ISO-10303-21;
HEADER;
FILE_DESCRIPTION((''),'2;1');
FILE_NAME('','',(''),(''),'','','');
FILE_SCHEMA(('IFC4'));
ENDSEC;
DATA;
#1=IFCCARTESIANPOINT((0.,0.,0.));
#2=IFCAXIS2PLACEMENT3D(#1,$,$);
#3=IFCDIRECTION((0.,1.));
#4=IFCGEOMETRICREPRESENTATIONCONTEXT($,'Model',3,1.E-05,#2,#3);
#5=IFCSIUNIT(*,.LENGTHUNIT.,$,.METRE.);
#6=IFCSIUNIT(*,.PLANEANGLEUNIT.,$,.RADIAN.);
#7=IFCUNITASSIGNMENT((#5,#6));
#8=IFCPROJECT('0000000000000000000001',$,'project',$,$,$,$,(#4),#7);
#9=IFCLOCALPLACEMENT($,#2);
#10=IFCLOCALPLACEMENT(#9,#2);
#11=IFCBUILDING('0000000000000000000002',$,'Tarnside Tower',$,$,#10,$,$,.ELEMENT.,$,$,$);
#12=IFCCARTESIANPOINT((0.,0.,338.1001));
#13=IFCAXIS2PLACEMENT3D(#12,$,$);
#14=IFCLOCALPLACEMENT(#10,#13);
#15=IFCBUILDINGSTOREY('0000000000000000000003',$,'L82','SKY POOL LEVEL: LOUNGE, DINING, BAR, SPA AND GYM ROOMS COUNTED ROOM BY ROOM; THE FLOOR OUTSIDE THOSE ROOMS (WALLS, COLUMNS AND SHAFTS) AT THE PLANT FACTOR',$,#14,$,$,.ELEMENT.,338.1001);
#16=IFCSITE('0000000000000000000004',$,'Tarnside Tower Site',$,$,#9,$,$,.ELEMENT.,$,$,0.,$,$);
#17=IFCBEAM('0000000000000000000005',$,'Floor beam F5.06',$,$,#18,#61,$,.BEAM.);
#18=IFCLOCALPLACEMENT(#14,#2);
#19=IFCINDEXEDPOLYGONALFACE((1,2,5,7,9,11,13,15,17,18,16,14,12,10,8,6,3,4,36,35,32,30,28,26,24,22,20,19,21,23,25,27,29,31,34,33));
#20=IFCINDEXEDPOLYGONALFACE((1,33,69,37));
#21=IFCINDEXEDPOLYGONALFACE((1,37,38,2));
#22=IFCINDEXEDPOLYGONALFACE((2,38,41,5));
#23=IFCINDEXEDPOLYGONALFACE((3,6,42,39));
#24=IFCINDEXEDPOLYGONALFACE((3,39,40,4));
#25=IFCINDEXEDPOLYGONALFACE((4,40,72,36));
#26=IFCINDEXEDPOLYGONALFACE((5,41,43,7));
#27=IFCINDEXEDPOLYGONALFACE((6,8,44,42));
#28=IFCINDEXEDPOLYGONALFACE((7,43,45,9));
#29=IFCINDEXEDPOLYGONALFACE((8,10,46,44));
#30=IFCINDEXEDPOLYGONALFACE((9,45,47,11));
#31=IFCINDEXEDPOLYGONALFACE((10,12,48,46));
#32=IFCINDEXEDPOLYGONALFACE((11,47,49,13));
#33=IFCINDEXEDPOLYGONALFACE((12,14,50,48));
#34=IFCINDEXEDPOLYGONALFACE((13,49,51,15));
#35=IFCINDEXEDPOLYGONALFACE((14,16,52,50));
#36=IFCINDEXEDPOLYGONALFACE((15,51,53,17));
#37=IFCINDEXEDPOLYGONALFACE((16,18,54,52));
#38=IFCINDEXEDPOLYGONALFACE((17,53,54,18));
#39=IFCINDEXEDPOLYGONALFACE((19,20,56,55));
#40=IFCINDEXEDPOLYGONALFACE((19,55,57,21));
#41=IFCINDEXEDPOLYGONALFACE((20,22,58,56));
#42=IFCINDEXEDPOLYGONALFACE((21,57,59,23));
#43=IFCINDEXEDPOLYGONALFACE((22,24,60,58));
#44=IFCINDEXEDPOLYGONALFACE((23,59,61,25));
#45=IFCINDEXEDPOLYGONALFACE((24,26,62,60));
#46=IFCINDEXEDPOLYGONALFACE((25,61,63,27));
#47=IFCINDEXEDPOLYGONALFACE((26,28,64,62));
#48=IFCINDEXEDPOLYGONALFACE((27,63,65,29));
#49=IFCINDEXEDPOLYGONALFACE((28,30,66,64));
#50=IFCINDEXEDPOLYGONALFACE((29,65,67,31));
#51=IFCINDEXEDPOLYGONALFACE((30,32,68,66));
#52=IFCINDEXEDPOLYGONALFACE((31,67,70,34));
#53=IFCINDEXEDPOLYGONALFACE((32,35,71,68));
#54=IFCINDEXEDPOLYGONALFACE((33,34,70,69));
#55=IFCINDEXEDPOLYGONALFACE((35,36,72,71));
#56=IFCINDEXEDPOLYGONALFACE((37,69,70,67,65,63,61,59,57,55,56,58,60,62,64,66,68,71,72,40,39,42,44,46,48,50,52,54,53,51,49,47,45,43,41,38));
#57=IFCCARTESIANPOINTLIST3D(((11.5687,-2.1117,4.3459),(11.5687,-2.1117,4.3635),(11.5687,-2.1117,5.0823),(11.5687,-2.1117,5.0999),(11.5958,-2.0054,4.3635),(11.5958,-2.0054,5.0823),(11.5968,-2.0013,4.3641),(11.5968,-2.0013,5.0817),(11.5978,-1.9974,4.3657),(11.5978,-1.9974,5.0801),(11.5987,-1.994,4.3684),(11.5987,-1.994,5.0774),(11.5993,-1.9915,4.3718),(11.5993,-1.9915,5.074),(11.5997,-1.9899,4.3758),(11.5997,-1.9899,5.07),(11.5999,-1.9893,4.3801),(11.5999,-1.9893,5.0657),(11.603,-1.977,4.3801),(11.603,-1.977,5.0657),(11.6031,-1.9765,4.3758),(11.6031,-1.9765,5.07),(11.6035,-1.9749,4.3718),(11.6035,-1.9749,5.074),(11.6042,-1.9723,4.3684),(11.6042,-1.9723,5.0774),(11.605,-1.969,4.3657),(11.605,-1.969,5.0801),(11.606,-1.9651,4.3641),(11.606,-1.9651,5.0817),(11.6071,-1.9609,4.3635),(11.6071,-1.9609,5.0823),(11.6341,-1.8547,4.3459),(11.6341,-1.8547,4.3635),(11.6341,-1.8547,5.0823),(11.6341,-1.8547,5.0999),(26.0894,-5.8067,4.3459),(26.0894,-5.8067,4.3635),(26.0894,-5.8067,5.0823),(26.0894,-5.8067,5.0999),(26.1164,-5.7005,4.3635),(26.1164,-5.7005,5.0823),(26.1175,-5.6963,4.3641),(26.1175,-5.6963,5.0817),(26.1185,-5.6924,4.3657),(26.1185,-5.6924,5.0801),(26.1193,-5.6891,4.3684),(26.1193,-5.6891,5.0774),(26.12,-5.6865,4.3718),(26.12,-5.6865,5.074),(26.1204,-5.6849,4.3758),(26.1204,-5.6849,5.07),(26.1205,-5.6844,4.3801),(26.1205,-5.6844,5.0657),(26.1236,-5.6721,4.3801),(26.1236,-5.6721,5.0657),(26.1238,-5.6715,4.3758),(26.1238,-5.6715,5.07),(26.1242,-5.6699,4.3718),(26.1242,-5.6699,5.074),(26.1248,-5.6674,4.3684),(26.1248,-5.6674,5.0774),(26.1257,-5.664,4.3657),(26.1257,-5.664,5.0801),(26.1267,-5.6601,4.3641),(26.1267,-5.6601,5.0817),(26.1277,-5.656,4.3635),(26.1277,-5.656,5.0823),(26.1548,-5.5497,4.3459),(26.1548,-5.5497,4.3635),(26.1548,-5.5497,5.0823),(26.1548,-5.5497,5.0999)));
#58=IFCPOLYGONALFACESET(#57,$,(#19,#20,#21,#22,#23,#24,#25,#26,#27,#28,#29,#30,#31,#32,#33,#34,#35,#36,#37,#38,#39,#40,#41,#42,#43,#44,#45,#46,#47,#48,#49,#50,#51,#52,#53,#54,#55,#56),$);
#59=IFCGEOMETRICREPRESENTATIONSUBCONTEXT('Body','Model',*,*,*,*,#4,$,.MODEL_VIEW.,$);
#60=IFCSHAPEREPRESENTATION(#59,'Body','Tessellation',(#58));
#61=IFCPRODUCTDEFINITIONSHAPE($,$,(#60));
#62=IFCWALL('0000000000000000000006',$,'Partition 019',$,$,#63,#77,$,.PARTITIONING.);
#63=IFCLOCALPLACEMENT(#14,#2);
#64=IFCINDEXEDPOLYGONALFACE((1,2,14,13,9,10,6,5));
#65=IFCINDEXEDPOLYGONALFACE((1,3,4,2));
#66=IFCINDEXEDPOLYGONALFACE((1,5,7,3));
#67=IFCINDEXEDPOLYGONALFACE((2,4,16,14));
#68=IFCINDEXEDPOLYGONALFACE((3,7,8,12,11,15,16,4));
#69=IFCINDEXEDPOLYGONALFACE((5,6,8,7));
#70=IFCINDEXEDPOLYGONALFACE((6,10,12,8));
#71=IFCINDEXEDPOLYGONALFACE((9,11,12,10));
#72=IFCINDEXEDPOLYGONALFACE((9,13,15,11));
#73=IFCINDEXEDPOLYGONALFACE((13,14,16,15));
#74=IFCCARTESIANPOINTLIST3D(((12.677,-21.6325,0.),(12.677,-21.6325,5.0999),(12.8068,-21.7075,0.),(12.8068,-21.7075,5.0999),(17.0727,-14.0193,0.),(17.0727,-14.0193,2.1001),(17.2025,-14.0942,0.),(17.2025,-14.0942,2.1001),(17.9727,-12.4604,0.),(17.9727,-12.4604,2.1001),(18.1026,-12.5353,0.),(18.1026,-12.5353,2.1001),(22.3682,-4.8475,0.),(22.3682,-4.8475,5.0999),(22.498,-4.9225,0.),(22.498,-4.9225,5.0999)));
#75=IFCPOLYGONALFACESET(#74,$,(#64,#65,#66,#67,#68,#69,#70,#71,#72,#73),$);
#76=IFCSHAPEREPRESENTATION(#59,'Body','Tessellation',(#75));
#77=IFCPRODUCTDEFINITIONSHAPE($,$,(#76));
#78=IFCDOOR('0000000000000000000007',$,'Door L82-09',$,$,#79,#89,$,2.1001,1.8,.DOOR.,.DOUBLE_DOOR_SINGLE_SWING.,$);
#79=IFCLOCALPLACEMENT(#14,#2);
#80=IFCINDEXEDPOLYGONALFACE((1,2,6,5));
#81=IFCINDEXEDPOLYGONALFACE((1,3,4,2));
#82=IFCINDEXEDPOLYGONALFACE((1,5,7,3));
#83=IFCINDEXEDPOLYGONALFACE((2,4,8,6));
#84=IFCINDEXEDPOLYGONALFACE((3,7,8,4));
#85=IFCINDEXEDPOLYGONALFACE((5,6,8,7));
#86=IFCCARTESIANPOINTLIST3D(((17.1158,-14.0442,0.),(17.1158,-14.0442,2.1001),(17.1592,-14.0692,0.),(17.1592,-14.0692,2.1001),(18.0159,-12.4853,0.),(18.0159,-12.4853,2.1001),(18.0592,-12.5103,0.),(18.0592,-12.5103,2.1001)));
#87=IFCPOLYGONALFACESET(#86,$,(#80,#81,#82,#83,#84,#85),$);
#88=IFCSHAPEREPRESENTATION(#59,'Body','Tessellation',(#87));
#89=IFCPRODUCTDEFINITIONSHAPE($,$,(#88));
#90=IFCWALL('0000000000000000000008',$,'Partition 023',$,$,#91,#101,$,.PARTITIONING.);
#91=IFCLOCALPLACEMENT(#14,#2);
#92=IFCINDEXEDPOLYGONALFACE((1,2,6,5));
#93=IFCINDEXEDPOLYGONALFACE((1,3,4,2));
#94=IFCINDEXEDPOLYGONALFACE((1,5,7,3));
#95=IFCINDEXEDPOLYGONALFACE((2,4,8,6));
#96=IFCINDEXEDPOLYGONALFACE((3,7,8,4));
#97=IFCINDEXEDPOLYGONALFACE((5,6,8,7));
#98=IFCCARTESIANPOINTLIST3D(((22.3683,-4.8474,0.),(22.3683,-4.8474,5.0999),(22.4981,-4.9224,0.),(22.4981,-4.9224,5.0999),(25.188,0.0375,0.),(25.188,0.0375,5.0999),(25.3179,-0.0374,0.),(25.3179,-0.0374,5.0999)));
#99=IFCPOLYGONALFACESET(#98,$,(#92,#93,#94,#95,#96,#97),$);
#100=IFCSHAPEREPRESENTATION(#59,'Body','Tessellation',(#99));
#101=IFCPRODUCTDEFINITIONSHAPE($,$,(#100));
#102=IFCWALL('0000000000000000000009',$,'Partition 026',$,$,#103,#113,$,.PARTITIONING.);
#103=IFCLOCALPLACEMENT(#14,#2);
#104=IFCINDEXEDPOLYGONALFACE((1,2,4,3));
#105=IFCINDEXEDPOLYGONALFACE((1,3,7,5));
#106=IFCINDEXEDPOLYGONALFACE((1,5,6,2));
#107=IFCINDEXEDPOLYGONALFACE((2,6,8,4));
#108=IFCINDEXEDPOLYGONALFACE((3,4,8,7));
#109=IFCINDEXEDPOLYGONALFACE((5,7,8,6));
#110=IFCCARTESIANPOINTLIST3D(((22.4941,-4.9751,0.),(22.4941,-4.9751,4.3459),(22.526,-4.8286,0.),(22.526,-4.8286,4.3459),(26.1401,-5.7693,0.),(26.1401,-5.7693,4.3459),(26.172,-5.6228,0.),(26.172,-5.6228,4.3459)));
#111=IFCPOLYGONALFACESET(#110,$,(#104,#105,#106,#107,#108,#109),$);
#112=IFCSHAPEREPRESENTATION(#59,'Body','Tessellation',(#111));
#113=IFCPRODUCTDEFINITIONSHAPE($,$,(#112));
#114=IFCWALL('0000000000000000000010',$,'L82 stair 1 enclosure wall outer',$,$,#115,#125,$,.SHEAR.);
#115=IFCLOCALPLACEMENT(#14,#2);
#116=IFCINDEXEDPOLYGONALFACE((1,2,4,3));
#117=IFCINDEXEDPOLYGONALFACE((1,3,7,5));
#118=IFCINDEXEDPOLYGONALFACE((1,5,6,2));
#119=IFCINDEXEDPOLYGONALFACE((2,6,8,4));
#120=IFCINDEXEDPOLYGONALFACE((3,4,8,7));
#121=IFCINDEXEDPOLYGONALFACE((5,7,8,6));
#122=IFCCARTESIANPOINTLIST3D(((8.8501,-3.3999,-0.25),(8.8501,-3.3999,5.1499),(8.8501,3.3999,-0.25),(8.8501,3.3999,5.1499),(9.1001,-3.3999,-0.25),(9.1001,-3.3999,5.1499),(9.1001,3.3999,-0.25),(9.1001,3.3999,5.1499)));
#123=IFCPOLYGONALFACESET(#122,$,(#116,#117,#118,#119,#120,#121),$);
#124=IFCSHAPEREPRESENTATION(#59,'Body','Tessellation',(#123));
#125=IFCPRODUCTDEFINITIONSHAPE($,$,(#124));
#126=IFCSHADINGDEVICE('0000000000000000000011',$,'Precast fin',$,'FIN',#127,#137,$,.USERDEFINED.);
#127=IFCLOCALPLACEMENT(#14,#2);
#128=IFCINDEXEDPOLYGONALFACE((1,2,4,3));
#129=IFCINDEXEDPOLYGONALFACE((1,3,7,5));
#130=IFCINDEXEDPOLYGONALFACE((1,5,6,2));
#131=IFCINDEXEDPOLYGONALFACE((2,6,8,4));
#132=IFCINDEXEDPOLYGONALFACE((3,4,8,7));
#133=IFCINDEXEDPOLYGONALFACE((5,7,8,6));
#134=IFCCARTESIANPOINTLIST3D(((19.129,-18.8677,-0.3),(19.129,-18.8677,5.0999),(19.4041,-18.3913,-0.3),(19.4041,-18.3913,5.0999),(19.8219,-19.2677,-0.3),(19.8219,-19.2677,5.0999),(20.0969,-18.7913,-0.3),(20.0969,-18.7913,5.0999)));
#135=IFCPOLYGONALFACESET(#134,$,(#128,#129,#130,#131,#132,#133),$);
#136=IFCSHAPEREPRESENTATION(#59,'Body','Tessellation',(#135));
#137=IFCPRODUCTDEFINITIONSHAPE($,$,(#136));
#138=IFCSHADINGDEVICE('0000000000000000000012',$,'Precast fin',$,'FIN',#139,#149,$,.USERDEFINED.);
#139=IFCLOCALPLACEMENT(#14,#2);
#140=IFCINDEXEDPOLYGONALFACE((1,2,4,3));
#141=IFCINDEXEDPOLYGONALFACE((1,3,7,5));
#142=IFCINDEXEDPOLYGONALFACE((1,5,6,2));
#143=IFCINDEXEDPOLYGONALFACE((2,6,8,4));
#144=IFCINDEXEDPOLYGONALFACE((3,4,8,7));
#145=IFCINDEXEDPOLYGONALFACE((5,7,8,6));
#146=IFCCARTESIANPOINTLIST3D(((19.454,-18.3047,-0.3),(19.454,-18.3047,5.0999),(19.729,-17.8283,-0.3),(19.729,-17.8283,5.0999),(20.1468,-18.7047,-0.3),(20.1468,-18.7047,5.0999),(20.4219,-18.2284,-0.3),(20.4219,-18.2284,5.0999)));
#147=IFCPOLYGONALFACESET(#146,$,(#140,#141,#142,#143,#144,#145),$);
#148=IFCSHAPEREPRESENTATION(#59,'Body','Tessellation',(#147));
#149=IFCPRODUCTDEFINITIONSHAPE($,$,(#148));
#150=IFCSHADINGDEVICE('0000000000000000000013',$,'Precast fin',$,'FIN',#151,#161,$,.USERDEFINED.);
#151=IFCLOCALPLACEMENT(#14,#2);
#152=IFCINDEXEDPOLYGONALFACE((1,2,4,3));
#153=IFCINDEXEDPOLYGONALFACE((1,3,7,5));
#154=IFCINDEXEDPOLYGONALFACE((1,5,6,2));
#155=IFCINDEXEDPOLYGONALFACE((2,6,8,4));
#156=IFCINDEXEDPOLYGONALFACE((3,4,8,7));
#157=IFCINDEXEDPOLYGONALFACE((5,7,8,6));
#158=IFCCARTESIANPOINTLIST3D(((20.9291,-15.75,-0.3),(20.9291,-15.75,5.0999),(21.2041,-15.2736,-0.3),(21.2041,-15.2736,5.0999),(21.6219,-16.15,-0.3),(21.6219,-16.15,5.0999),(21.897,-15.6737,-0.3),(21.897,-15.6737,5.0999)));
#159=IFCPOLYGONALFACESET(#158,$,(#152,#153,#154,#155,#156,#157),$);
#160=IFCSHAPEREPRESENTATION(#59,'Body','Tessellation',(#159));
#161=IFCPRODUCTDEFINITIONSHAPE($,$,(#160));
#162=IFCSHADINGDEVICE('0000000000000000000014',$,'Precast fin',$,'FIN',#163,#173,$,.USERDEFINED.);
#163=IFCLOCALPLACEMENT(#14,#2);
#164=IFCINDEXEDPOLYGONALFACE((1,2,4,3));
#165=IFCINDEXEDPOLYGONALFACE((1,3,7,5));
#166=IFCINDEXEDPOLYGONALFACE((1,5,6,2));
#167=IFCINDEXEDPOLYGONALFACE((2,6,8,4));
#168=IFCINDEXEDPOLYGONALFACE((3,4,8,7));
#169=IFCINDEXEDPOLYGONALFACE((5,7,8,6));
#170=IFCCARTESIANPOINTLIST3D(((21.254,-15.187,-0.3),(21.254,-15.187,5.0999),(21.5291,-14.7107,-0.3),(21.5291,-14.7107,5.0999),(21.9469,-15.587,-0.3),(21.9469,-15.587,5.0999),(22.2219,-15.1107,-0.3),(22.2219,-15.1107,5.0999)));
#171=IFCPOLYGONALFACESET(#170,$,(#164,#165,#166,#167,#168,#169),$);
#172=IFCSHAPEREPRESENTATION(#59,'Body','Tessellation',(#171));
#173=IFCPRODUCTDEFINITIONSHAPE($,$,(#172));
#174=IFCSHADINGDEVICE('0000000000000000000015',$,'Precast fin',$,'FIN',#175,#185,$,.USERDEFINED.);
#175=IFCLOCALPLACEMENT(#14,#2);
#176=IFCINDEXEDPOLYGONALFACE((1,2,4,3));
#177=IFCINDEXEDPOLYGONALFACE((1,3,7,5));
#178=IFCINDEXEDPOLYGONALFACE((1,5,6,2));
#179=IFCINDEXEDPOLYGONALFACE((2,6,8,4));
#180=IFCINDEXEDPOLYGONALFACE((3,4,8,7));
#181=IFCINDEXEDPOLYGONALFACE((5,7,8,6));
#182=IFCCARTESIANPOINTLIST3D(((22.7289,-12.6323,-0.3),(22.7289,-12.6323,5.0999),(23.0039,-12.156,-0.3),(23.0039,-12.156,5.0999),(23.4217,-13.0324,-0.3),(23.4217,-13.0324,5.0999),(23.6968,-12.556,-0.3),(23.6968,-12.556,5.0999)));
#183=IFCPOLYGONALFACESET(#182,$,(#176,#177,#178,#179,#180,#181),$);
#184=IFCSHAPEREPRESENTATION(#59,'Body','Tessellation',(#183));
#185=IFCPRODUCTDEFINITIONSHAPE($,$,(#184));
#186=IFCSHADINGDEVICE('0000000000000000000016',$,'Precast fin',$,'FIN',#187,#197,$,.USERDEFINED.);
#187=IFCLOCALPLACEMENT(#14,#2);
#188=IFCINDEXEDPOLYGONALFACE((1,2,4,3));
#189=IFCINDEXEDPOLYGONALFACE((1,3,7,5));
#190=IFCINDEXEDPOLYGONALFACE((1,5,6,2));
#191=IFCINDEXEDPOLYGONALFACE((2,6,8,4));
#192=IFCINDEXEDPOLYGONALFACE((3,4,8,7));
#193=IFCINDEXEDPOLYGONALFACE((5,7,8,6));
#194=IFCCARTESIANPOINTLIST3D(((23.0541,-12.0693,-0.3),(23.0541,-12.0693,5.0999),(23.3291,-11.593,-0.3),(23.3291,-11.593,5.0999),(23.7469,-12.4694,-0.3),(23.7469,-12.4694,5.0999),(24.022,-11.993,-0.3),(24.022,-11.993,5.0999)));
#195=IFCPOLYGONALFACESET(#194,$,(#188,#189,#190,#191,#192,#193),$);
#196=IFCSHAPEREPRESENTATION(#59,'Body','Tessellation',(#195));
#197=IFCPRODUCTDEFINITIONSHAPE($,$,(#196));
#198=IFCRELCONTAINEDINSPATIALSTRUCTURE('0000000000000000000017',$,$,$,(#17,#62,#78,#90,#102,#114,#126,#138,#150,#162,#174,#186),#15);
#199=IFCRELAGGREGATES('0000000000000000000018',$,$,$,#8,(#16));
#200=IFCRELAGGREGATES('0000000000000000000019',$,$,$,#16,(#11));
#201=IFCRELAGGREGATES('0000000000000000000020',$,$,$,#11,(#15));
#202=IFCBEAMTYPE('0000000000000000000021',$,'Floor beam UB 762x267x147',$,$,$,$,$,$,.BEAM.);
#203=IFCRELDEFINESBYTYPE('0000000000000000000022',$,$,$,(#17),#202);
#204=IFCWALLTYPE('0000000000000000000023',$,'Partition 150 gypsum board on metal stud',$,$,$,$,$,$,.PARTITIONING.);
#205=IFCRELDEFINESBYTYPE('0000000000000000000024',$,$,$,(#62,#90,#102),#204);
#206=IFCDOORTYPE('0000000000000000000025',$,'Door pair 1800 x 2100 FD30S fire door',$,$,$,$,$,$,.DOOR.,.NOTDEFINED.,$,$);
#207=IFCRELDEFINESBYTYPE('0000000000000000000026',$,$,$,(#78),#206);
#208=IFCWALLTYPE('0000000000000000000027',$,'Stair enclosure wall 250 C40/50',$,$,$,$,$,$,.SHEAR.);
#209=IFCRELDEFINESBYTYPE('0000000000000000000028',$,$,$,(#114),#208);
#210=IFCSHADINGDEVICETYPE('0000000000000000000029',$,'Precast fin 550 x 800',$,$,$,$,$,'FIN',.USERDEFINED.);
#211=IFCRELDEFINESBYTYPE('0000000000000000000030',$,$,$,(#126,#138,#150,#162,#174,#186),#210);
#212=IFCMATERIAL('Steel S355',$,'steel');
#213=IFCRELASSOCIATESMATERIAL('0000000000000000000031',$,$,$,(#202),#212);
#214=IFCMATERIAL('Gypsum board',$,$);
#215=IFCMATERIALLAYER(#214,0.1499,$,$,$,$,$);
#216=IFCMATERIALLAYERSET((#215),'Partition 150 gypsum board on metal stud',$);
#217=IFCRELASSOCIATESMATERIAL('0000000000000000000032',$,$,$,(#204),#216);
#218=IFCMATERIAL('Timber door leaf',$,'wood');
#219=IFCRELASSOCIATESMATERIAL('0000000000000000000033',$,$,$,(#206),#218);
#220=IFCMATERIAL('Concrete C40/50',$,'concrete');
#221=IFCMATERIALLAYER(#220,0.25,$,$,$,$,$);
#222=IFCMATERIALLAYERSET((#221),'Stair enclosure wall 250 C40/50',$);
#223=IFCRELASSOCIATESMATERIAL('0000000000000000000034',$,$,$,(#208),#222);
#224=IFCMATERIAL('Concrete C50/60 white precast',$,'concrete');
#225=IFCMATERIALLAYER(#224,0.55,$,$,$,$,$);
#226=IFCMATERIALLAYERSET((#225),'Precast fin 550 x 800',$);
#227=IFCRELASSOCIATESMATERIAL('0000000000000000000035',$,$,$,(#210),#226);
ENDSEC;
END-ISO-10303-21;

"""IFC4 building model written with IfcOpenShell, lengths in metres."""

from ifc_helpers import new_model, si_unit, direction, frame, frame_2d, origin, origin_2d, place, context, subcontext, project, spatial, polyline, rectangle, i_section, outline, extrude, material, layer, layer_set, material_profile, profile_set, type_object, element, fill, save


model = new_model("IFC4")

# Units and contexts
model_context = context("Model", 3, precision=1e-05, world=origin(), true_north=direction((0.0, 1.0)))
body_context = subcontext(model_context, "Body", "Model", "MODEL_VIEW")
ifc_project = project(units=[si_unit("LENGTHUNIT", "METRE"), si_unit("PLANEANGLEUNIT", "RADIAN")], contexts=[model_context])

# Site, building, storey
site_placement = place(None, origin())
site = spatial("IfcSite", under=ifc_project, at=site_placement, Name="Tarnside Tower Site", CompositionType="ELEMENT", RefElevation=0.0)
building_placement = place(site_placement, origin())
building = spatial("IfcBuilding", under=site, at=building_placement, Name="Tarnside Tower", CompositionType="ELEMENT")
storey_placement = place(building_placement, frame((0.0, 0.0, 338.1001)))
storey = spatial("IfcBuildingStorey", under=building, at=storey_placement, Name="L82", Description="SKY POOL LEVEL: LOUNGE, DINING, BAR, SPA AND GYM ROOMS COUNTED ROOM BY ROOM; THE FLOOR OUTSIDE THOSE ROOMS (WALLS, COLUMNS AND SHAFTS) AT THE PLANT FACTOR", CompositionType="ELEMENT", Elevation=338.1001)

# Beam
ifc_material_1 = material(Name="Steel S355", Category="steel")
ifc_material_profile = material_profile(ifc_material_1, i_section(OverallWidth=0.2651, OverallDepth=0.7539, WebThickness=0.0127, FlangeThickness=0.0176, FilletRadius=0.0166, at=origin_2d()), Name="UB 762x267x147")
ifc_profile_set = profile_set([ifc_material_profile], Name="Steel S355")
beam_type = type_object("IfcBeamType", Name="Floor beam UB 762x267x147", PredefinedType="BEAM", material=ifc_profile_set)
beam_1_placement = place(storey_placement, frame((26.1221, -5.6782, 4.7229), z_axis=(-0.969115, 0.246609, 0.0), x_axis=(-0.246609, -0.969115, 0.0)))
element("IfcBeam", 1, at=beam_1_placement, inside=storey, type_object=beam_type, Name="Floor beam F5.06", PredefinedType="BEAM", context=body_context, shape_type="SweptSolid", body=[
    extrude(i_section(OverallWidth=0.2651, OverallDepth=0.7539, WebThickness=0.0127, FlangeThickness=0.0176, FilletRadius=0.0166, at=origin_2d()), origin(), (0.0, 0.0, 1.0), 14.9834),
])

# Wall, opening, door
ifc_material_2 = material(Name="Gypsum board")
ifc_layer_1 = layer(ifc_material_2, 0.1499)
ifc_layer_set_1 = layer_set([ifc_layer_1], Name="Partition 150 gypsum board on metal stud")
wall_type_1 = type_object("IfcWallType", Name="Partition 150 gypsum board on metal stud", PredefinedType="PARTITIONING", material=ifc_layer_set_1)
wall_1_placement = place(storey_placement, frame((22.4331, -4.885, 0.0), z_axis=(0.0, 0.0, 1.0), x_axis=(-0.500015, -0.866017, 0.0)))
wall_1 = element("IfcWall", 2, at=wall_1_placement, inside=storey, type_object=wall_type_1, Name="Partition 019", PredefinedType="PARTITIONING", context=body_context, shape_type="SweptSolid", body=[
    extrude(rectangle(XDim=19.3818, YDim=0.1499, at=frame_2d((9.6909, 0.0))), origin(), (0.0, 0.0, 1.0), 5.0999),
])
opening_placement = place(wall_1_placement, frame((8.7908, 0.0, 0.0)))
opening = element("IfcOpeningElement", 3, at=opening_placement, cuts=wall_1, PredefinedType="OPENING", context=body_context, shape_type="SweptSolid", body=[
    extrude(rectangle(XDim=1.8, YDim=2.1001, at=frame_2d((0.8999, 1.05))), frame((0.0, 0.085, 0.0), z_axis=(0.0, -1.0, 0.0), x_axis=(1.0, 0.0, 0.0)), (0.0, 0.0, 1.0), 0.1699),
])
ifc_material_3 = material(Name="Timber door leaf", Category="wood")
door_type = type_object("IfcDoorType", Name="Door pair 1800 x 2100 FD30S fire door", OperationType="NOTDEFINED", PredefinedType="DOOR", material=ifc_material_3)
door_placement = place(opening_placement, origin())
door = element("IfcDoor", 4, at=door_placement, inside=storey, type_object=door_type, Name="Door L82-09", OperationType="DOUBLE_DOOR_SINGLE_SWING", OverallHeight=2.1001, OverallWidth=1.8, PredefinedType="DOOR", context=body_context, shape_type="SweptSolid", body=[
    extrude(rectangle(XDim=1.8, YDim=2.1001, at=frame_2d((0.8999, 1.05))), frame((0.0, 0.0249, 0.0), z_axis=(0.0, -1.0, 0.0), x_axis=(1.0, 0.0, 0.0)), (0.0, 0.0, 1.0), 0.05),
])
fill(opening, door)

# Walls
wall_2_placement = place(storey_placement, frame((22.4331, -4.885, 0.0), z_axis=(0.0, 0.0, 1.0), x_axis=(0.499929, 0.866067, 0.0)))
element("IfcWall", 5, at=wall_2_placement, inside=storey, type_object=wall_type_1, Name="Partition 023", PredefinedType="PARTITIONING", context=body_context, shape_type="SweptSolid", body=[
    extrude(rectangle(XDim=5.6404, YDim=0.1499, at=frame_2d((2.8203, 0.0))), origin(), (0.0, 0.0, 1.0), 5.0999),
])
wall_3_placement = place(storey_placement, frame((26.156, -5.696, 0.0), z_axis=(0.0, 0.0, 1.0), x_axis=(-0.977088, 0.212834, 0.0)))
element("IfcWall", 6, at=wall_3_placement, inside=storey, type_object=wall_type_1, Name="Partition 026", PredefinedType="PARTITIONING", context=body_context, shape_type="SweptSolid", body=[
    extrude(rectangle(XDim=3.7314, YDim=0.1499, at=frame_2d((1.8657, 0.0))), origin(), (0.0, 0.0, 1.0), 4.3459),
])
ifc_material_4 = material(Name="Concrete C40/50", Category="concrete")
ifc_layer_2 = layer(ifc_material_4, 0.25)
ifc_layer_set_2 = layer_set([ifc_layer_2], Name="Stair enclosure wall 250 C40/50")
wall_type_2 = type_object("IfcWallType", Name="Stair enclosure wall 250 C40/50", PredefinedType="SHEAR", material=ifc_layer_set_2)
wall_4_placement = place(storey_placement, frame((8.9751, -3.3999, -0.25), z_axis=(0.0, 0.0, 1.0), x_axis=(0.0, 1.0, 0.0)))
element("IfcWall", 7, at=wall_4_placement, inside=storey, type_object=wall_type_2, Name="L82 stair 1 enclosure wall outer", PredefinedType="SHEAR", context=body_context, shape_type="SweptSolid", body=[
    extrude(rectangle(XDim=6.7998, YDim=0.25, at=frame_2d((3.3999, 0.0))), origin(), (0.0, 0.0, 1.0), 5.3999),
])

# Shading devices
ifc_material_5 = material(Name="Concrete C50/60 white precast", Category="concrete")
ifc_layer_3 = layer(ifc_material_5, 0.55)
ifc_layer_set_3 = layer_set([ifc_layer_3], Name="Precast fin 550 x 800")
shading_device_type = type_object("IfcShadingDeviceType", Name="Precast fin 550 x 800", ElementType="FIN", PredefinedType="USERDEFINED", material=ifc_layer_set_3)
for number, where, z_axis, x_axis, name in (
    (8, (19.2666, -18.6294, -0.3), (-0.5, -0.866025, 0.0), (0.866025, -0.5, 0.0), "Precast fin"),
    (9, (19.5916, -18.0664, -0.3), (-0.5, -0.866025, 0.0), (0.866025, -0.5, 0.0), "Precast fin"),
    (10, (21.0667, -15.5117, -0.3), (-0.5, -0.866025, 0.0), (0.866025, -0.5, 0.0), "Precast fin"),
    (11, (21.3916, -14.9487, -0.3), (-0.5, -0.866025, 0.0), (0.866025, -0.5, 0.0), "Precast fin"),
    (12, (22.8665, -12.394, -0.3), (-0.5, -0.866025, 0.0), (0.866025, -0.5, 0.0), "Precast fin"),
    (13, (23.1917, -11.8311, -0.3), (-0.5, -0.866025, 0.0), (0.866025, -0.5, 0.0), "Precast fin"),
):
    element("IfcShadingDevice", number, at=place(storey_placement, frame(where, z_axis=z_axis, x_axis=x_axis)), inside=storey, type_object=shading_device_type, Name=name, ObjectType="FIN", PredefinedType="USERDEFINED", context=body_context, shape_type="SweptSolid", body=[
        extrude(outline(polyline([(0.0, 0.0), (0.8, 0.0), (0.8, 5.3999), (0.0, 5.3999), (0.0, 0.0)])), frame((0.0, 0.0, -0.2749)), (0.0, 0.0, 1.0), 0.55),
    ])

save(model, "model.ifc")
